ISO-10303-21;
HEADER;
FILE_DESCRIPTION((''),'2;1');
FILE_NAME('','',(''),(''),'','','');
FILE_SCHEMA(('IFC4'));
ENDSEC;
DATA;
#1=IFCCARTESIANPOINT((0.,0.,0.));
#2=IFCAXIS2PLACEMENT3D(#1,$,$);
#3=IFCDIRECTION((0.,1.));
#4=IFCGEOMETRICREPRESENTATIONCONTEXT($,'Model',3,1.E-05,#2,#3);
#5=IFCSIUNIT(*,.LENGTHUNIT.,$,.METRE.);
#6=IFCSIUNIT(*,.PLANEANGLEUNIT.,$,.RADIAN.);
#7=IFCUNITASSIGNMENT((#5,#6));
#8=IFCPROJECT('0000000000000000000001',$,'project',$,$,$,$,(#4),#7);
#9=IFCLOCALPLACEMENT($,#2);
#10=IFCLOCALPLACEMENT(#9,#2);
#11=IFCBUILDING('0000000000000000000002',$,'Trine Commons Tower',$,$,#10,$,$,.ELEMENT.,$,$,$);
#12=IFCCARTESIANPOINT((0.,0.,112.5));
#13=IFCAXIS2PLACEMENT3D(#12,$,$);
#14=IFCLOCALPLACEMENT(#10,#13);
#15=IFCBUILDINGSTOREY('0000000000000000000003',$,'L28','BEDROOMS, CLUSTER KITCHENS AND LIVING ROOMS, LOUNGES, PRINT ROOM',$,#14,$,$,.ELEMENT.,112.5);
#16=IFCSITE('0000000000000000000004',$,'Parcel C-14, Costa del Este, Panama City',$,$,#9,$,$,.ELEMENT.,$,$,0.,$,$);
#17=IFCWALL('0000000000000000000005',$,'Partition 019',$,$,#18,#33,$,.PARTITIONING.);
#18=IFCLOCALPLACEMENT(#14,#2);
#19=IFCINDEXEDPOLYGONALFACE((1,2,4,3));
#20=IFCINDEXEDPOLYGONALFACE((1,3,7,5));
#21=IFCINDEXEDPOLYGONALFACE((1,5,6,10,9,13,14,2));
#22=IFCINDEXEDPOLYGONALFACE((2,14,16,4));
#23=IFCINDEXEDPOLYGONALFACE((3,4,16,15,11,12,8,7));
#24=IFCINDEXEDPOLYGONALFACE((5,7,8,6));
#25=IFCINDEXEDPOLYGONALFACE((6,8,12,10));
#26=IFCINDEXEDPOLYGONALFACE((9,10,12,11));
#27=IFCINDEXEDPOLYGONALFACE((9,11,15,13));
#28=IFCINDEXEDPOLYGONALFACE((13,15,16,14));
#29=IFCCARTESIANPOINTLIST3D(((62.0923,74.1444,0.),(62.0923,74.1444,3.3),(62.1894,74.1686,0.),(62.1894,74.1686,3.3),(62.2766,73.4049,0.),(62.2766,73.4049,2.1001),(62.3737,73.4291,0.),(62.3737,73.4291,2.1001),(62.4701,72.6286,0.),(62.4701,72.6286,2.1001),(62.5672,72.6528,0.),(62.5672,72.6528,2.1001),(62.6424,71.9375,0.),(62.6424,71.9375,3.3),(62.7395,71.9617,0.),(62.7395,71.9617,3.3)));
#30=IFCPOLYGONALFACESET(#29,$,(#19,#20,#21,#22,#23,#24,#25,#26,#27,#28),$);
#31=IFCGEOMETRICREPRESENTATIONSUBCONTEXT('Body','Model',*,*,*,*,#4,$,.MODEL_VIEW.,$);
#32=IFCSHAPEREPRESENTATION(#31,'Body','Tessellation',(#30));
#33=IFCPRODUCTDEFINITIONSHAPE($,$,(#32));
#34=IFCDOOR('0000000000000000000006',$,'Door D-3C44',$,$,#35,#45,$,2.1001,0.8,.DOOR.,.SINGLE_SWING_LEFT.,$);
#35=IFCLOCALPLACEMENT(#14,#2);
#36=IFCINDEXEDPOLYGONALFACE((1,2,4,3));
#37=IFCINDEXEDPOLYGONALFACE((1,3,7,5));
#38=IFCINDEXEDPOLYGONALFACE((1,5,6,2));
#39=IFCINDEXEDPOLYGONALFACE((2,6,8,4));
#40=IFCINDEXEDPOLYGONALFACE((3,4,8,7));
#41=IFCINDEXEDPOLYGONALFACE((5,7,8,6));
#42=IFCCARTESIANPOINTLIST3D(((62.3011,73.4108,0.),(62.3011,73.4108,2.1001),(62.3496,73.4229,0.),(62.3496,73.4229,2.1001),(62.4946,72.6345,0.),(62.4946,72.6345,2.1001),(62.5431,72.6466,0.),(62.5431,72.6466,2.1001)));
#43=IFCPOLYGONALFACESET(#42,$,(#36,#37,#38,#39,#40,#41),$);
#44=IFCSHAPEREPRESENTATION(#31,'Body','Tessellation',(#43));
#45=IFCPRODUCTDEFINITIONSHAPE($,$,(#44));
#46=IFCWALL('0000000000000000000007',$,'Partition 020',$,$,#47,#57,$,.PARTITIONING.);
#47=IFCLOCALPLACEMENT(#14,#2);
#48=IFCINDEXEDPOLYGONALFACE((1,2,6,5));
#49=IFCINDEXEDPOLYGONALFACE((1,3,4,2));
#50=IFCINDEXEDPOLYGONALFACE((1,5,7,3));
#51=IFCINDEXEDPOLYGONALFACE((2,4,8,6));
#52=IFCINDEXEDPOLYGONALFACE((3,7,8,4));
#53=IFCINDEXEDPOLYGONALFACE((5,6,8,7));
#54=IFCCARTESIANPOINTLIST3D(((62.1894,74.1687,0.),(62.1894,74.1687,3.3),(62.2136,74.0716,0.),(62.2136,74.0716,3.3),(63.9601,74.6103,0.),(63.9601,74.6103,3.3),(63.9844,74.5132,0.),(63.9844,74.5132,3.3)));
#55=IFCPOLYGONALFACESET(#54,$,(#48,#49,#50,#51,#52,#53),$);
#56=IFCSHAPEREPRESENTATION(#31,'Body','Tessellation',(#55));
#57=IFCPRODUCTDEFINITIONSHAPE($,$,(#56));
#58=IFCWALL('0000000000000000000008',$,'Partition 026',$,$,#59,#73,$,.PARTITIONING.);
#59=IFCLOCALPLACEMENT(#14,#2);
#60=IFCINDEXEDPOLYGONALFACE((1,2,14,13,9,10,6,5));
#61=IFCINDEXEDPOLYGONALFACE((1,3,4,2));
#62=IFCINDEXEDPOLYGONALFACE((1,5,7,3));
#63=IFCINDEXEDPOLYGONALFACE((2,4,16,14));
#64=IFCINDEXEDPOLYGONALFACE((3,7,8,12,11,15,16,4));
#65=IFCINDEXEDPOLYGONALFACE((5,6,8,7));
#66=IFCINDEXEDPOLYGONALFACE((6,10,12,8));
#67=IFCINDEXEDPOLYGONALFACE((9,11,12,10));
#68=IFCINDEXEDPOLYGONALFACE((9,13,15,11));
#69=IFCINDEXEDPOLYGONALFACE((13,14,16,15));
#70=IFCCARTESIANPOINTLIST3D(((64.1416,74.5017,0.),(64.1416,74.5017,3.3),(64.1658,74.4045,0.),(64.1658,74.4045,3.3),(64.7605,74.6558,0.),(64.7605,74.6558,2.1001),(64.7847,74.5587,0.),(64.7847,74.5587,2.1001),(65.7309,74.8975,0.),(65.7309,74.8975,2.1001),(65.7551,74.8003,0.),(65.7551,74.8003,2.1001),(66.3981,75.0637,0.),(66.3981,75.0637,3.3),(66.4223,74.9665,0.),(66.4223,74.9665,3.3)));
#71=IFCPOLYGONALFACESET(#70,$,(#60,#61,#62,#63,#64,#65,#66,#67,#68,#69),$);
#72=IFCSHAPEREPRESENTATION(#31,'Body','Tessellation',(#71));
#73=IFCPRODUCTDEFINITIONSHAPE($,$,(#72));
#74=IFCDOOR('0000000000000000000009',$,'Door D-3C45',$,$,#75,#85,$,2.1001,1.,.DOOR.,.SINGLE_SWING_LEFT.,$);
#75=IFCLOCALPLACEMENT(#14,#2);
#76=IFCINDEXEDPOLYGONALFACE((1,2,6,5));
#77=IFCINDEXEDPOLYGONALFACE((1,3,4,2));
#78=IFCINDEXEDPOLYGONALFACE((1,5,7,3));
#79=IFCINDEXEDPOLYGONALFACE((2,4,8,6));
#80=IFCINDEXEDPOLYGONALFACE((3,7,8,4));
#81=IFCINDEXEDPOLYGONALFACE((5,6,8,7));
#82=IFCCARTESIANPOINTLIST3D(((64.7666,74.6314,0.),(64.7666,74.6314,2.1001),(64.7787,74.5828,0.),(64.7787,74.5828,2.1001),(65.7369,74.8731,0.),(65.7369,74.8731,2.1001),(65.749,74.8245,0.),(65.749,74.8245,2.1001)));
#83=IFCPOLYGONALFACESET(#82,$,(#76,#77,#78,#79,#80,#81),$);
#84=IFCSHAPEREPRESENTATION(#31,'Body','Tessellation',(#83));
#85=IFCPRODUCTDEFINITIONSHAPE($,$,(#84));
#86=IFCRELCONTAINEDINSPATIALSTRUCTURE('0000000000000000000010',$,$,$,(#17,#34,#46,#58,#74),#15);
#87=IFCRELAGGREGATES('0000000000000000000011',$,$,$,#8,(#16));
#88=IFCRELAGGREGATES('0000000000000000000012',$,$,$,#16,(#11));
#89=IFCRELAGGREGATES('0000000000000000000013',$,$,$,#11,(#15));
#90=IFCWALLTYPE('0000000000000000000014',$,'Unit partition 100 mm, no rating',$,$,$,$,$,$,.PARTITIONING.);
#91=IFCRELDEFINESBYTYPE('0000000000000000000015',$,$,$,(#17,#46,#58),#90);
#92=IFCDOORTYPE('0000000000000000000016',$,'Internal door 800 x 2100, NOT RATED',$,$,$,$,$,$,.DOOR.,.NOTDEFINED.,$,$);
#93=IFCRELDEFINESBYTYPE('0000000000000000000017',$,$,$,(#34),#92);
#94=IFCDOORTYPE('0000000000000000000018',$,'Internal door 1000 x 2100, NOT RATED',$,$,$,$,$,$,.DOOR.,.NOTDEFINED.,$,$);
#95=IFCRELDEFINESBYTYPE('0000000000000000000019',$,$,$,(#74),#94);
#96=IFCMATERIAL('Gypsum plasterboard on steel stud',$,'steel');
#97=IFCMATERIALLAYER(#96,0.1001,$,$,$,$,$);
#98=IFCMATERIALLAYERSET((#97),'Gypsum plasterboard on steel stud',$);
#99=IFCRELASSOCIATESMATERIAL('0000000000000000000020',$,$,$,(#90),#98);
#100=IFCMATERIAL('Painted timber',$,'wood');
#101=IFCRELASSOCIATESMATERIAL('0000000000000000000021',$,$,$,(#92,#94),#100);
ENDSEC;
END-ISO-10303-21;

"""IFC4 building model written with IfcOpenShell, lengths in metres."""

from ifc_helpers import new_model, si_unit, direction, frame, frame_2d, origin, place, context, subcontext, project, spatial, rectangle, extrude, material, layer, layer_set, type_object, element, fill, save


model = new_model("IFC4")

# Units and contexts
model_context = context("Model", 3, precision=1e-05, world=origin(), true_north=direction((0.0, 1.0)))
body_context = subcontext(model_context, "Body", "Model", "MODEL_VIEW")
ifc_project = project(units=[si_unit("LENGTHUNIT", "METRE"), si_unit("PLANEANGLEUNIT", "RADIAN")], contexts=[model_context])

# Site, building, storey
site_placement = place(None, origin())
site = spatial("IfcSite", under=ifc_project, at=site_placement, Name="Parcel C-14, Costa del Este, Panama City", CompositionType="ELEMENT", RefElevation=0.0)
building_placement = place(site_placement, origin())
building = spatial("IfcBuilding", under=site, at=building_placement, Name="Trine Commons Tower", CompositionType="ELEMENT")
storey_placement = place(building_placement, frame((0.0, 0.0, 112.5)))
storey = spatial("IfcBuildingStorey", under=building, at=storey_placement, Name="L28", Description="BEDROOMS, CLUSTER KITCHENS AND LIVING ROOMS, LOUNGES, PRINT ROOM", CompositionType="ELEMENT", Elevation=112.5)

# Shared definitions
ifc_material_1 = material(Name="Gypsum plasterboard on steel stud", Category="steel")

# Shared definitions
ifc_layer_1 = layer(ifc_material_1, 0.1001)
ifc_layer_set_1 = layer_set([ifc_layer_1], Name="Gypsum plasterboard on steel stud")
wall_type_1 = type_object("IfcWallType", Name="Unit partition 100 mm, no rating", PredefinedType="PARTITIONING", material=ifc_layer_set_1)

# Wall, opening, door
ifc_material_2 = material(Name="Painted timber", Category="wood")
door_type_1 = type_object("IfcDoorType", Name="Internal door 800 x 2100, NOT RATED", OperationType="NOTDEFINED", PredefinedType="DOOR", material=ifc_material_2)
wall_1_placement = place(storey_placement, frame((62.1409, 74.1565, 0.0), z_axis=(0.0, 0.0, 1.0), x_axis=(0.241854, -0.970313, 0.0)))
wall_1 = element("IfcWall", 1, at=wall_1_placement, inside=storey, type_object=wall_type_1, Name="Partition 019", PredefinedType="PARTITIONING", context=body_context, shape_type="SweptSolid", body=[
    extrude(rectangle(XDim=2.2744, YDim=0.1001, at=frame_2d((1.1372, 0.0))), origin(), (0.0, 0.0, 1.0), 3.3),
])
opening_1_placement = place(wall_1_placement, frame((0.7622, 0.0, 0.0)))
opening_1 = element("IfcOpeningElement", 2, at=opening_1_placement, cuts=wall_1, PredefinedType="OPENING", context=body_context, shape_type="SweptSolid", body=[
    extrude(rectangle(XDim=0.8, YDim=2.1001, at=frame_2d((0.3999, 1.05))), frame((0.0, 0.0601, 0.0), z_axis=(0.0, -1.0, 0.0), x_axis=(1.0, 0.0, 0.0)), (0.0, 0.0, 1.0), 0.1201),
])
door_1_placement = place(opening_1_placement, frame((0.8, 0.0, 0.0), z_axis=(0.0, 0.0, 1.0), x_axis=(-1.0, 0.0, 0.0)))
door_1 = element("IfcDoor", 3, at=door_1_placement, inside=storey, type_object=door_type_1, Name="Door D-3C44", OperationType="SINGLE_SWING_LEFT", OverallHeight=2.1001, OverallWidth=0.8, PredefinedType="DOOR", context=body_context, shape_type="SweptSolid", body=[
    extrude(rectangle(XDim=0.8, YDim=2.1001, at=frame_2d((0.3999, 1.05))), frame((0.0, 0.0249, 0.0), z_axis=(0.0, -1.0, 0.0), x_axis=(1.0, 0.0, 0.0)), (0.0, 0.0, 1.0), 0.05),
])
fill(opening_1, door_1)

# Wall
wall_2_placement = place(storey_placement, frame((62.2014, 74.1201, 0.0), z_axis=(0.0, 0.0, 1.0), x_axis=(0.970276, 0.242, 0.0)))
element("IfcWall", 4, at=wall_2_placement, inside=storey, type_object=wall_type_1, Name="Partition 020", PredefinedType="PARTITIONING", context=body_context, shape_type="SweptSolid", body=[
    extrude(rectangle(XDim=1.825, YDim=0.1001, at=frame_2d((0.9126, 0.0))), origin(), (0.0, 0.0, 1.0), 3.3),
])

# Wall, opening, door
wall_3_placement = place(storey_placement, frame((64.1538, 74.4531, 0.0), z_axis=(0.0, 0.0, 1.0), x_axis=(0.970358, 0.241671, 0.0)))
wall_3 = element("IfcWall", 5, at=wall_3_placement, inside=storey, type_object=wall_type_1, Name="Partition 026", PredefinedType="PARTITIONING", context=body_context, shape_type="SweptSolid", body=[
    extrude(rectangle(XDim=2.3254, YDim=0.1001, at=frame_2d((1.1626, 0.0))), origin(), (0.0, 0.0, 1.0), 3.3),
])
opening_2_placement = place(wall_3_placement, frame((0.6377, 0.0, 0.0)))
opening_2 = element("IfcOpeningElement", 6, at=opening_2_placement, cuts=wall_3, PredefinedType="OPENING", context=body_context, shape_type="SweptSolid", body=[
    extrude(rectangle(XDim=1.0, YDim=2.1001, at=frame_2d((0.5, 1.05))), frame((0.0, 0.0601, 0.0), z_axis=(0.0, -1.0, 0.0), x_axis=(1.0, 0.0, 0.0)), (0.0, 0.0, 1.0), 0.1201),
])
door_type_2 = type_object("IfcDoorType", Name="Internal door 1000 x 2100, NOT RATED", OperationType="NOTDEFINED", PredefinedType="DOOR", material=ifc_material_2)
door_2_placement = place(opening_2_placement, origin())
door_2 = element("IfcDoor", 7, at=door_2_placement, inside=storey, type_object=door_type_2, Name="Door D-3C45", OperationType="SINGLE_SWING_LEFT", OverallHeight=2.1001, OverallWidth=1.0, PredefinedType="DOOR", context=body_context, shape_type="SweptSolid", body=[
    extrude(rectangle(XDim=1.0, YDim=2.1001, at=frame_2d((0.5, 1.05))), frame((0.0, 0.0249, 0.0), z_axis=(0.0, -1.0, 0.0), x_axis=(1.0, 0.0, 0.0)), (0.0, 0.0, 1.0), 0.05),
])
fill(opening_2, door_2)

save(model, "model.ifc")
